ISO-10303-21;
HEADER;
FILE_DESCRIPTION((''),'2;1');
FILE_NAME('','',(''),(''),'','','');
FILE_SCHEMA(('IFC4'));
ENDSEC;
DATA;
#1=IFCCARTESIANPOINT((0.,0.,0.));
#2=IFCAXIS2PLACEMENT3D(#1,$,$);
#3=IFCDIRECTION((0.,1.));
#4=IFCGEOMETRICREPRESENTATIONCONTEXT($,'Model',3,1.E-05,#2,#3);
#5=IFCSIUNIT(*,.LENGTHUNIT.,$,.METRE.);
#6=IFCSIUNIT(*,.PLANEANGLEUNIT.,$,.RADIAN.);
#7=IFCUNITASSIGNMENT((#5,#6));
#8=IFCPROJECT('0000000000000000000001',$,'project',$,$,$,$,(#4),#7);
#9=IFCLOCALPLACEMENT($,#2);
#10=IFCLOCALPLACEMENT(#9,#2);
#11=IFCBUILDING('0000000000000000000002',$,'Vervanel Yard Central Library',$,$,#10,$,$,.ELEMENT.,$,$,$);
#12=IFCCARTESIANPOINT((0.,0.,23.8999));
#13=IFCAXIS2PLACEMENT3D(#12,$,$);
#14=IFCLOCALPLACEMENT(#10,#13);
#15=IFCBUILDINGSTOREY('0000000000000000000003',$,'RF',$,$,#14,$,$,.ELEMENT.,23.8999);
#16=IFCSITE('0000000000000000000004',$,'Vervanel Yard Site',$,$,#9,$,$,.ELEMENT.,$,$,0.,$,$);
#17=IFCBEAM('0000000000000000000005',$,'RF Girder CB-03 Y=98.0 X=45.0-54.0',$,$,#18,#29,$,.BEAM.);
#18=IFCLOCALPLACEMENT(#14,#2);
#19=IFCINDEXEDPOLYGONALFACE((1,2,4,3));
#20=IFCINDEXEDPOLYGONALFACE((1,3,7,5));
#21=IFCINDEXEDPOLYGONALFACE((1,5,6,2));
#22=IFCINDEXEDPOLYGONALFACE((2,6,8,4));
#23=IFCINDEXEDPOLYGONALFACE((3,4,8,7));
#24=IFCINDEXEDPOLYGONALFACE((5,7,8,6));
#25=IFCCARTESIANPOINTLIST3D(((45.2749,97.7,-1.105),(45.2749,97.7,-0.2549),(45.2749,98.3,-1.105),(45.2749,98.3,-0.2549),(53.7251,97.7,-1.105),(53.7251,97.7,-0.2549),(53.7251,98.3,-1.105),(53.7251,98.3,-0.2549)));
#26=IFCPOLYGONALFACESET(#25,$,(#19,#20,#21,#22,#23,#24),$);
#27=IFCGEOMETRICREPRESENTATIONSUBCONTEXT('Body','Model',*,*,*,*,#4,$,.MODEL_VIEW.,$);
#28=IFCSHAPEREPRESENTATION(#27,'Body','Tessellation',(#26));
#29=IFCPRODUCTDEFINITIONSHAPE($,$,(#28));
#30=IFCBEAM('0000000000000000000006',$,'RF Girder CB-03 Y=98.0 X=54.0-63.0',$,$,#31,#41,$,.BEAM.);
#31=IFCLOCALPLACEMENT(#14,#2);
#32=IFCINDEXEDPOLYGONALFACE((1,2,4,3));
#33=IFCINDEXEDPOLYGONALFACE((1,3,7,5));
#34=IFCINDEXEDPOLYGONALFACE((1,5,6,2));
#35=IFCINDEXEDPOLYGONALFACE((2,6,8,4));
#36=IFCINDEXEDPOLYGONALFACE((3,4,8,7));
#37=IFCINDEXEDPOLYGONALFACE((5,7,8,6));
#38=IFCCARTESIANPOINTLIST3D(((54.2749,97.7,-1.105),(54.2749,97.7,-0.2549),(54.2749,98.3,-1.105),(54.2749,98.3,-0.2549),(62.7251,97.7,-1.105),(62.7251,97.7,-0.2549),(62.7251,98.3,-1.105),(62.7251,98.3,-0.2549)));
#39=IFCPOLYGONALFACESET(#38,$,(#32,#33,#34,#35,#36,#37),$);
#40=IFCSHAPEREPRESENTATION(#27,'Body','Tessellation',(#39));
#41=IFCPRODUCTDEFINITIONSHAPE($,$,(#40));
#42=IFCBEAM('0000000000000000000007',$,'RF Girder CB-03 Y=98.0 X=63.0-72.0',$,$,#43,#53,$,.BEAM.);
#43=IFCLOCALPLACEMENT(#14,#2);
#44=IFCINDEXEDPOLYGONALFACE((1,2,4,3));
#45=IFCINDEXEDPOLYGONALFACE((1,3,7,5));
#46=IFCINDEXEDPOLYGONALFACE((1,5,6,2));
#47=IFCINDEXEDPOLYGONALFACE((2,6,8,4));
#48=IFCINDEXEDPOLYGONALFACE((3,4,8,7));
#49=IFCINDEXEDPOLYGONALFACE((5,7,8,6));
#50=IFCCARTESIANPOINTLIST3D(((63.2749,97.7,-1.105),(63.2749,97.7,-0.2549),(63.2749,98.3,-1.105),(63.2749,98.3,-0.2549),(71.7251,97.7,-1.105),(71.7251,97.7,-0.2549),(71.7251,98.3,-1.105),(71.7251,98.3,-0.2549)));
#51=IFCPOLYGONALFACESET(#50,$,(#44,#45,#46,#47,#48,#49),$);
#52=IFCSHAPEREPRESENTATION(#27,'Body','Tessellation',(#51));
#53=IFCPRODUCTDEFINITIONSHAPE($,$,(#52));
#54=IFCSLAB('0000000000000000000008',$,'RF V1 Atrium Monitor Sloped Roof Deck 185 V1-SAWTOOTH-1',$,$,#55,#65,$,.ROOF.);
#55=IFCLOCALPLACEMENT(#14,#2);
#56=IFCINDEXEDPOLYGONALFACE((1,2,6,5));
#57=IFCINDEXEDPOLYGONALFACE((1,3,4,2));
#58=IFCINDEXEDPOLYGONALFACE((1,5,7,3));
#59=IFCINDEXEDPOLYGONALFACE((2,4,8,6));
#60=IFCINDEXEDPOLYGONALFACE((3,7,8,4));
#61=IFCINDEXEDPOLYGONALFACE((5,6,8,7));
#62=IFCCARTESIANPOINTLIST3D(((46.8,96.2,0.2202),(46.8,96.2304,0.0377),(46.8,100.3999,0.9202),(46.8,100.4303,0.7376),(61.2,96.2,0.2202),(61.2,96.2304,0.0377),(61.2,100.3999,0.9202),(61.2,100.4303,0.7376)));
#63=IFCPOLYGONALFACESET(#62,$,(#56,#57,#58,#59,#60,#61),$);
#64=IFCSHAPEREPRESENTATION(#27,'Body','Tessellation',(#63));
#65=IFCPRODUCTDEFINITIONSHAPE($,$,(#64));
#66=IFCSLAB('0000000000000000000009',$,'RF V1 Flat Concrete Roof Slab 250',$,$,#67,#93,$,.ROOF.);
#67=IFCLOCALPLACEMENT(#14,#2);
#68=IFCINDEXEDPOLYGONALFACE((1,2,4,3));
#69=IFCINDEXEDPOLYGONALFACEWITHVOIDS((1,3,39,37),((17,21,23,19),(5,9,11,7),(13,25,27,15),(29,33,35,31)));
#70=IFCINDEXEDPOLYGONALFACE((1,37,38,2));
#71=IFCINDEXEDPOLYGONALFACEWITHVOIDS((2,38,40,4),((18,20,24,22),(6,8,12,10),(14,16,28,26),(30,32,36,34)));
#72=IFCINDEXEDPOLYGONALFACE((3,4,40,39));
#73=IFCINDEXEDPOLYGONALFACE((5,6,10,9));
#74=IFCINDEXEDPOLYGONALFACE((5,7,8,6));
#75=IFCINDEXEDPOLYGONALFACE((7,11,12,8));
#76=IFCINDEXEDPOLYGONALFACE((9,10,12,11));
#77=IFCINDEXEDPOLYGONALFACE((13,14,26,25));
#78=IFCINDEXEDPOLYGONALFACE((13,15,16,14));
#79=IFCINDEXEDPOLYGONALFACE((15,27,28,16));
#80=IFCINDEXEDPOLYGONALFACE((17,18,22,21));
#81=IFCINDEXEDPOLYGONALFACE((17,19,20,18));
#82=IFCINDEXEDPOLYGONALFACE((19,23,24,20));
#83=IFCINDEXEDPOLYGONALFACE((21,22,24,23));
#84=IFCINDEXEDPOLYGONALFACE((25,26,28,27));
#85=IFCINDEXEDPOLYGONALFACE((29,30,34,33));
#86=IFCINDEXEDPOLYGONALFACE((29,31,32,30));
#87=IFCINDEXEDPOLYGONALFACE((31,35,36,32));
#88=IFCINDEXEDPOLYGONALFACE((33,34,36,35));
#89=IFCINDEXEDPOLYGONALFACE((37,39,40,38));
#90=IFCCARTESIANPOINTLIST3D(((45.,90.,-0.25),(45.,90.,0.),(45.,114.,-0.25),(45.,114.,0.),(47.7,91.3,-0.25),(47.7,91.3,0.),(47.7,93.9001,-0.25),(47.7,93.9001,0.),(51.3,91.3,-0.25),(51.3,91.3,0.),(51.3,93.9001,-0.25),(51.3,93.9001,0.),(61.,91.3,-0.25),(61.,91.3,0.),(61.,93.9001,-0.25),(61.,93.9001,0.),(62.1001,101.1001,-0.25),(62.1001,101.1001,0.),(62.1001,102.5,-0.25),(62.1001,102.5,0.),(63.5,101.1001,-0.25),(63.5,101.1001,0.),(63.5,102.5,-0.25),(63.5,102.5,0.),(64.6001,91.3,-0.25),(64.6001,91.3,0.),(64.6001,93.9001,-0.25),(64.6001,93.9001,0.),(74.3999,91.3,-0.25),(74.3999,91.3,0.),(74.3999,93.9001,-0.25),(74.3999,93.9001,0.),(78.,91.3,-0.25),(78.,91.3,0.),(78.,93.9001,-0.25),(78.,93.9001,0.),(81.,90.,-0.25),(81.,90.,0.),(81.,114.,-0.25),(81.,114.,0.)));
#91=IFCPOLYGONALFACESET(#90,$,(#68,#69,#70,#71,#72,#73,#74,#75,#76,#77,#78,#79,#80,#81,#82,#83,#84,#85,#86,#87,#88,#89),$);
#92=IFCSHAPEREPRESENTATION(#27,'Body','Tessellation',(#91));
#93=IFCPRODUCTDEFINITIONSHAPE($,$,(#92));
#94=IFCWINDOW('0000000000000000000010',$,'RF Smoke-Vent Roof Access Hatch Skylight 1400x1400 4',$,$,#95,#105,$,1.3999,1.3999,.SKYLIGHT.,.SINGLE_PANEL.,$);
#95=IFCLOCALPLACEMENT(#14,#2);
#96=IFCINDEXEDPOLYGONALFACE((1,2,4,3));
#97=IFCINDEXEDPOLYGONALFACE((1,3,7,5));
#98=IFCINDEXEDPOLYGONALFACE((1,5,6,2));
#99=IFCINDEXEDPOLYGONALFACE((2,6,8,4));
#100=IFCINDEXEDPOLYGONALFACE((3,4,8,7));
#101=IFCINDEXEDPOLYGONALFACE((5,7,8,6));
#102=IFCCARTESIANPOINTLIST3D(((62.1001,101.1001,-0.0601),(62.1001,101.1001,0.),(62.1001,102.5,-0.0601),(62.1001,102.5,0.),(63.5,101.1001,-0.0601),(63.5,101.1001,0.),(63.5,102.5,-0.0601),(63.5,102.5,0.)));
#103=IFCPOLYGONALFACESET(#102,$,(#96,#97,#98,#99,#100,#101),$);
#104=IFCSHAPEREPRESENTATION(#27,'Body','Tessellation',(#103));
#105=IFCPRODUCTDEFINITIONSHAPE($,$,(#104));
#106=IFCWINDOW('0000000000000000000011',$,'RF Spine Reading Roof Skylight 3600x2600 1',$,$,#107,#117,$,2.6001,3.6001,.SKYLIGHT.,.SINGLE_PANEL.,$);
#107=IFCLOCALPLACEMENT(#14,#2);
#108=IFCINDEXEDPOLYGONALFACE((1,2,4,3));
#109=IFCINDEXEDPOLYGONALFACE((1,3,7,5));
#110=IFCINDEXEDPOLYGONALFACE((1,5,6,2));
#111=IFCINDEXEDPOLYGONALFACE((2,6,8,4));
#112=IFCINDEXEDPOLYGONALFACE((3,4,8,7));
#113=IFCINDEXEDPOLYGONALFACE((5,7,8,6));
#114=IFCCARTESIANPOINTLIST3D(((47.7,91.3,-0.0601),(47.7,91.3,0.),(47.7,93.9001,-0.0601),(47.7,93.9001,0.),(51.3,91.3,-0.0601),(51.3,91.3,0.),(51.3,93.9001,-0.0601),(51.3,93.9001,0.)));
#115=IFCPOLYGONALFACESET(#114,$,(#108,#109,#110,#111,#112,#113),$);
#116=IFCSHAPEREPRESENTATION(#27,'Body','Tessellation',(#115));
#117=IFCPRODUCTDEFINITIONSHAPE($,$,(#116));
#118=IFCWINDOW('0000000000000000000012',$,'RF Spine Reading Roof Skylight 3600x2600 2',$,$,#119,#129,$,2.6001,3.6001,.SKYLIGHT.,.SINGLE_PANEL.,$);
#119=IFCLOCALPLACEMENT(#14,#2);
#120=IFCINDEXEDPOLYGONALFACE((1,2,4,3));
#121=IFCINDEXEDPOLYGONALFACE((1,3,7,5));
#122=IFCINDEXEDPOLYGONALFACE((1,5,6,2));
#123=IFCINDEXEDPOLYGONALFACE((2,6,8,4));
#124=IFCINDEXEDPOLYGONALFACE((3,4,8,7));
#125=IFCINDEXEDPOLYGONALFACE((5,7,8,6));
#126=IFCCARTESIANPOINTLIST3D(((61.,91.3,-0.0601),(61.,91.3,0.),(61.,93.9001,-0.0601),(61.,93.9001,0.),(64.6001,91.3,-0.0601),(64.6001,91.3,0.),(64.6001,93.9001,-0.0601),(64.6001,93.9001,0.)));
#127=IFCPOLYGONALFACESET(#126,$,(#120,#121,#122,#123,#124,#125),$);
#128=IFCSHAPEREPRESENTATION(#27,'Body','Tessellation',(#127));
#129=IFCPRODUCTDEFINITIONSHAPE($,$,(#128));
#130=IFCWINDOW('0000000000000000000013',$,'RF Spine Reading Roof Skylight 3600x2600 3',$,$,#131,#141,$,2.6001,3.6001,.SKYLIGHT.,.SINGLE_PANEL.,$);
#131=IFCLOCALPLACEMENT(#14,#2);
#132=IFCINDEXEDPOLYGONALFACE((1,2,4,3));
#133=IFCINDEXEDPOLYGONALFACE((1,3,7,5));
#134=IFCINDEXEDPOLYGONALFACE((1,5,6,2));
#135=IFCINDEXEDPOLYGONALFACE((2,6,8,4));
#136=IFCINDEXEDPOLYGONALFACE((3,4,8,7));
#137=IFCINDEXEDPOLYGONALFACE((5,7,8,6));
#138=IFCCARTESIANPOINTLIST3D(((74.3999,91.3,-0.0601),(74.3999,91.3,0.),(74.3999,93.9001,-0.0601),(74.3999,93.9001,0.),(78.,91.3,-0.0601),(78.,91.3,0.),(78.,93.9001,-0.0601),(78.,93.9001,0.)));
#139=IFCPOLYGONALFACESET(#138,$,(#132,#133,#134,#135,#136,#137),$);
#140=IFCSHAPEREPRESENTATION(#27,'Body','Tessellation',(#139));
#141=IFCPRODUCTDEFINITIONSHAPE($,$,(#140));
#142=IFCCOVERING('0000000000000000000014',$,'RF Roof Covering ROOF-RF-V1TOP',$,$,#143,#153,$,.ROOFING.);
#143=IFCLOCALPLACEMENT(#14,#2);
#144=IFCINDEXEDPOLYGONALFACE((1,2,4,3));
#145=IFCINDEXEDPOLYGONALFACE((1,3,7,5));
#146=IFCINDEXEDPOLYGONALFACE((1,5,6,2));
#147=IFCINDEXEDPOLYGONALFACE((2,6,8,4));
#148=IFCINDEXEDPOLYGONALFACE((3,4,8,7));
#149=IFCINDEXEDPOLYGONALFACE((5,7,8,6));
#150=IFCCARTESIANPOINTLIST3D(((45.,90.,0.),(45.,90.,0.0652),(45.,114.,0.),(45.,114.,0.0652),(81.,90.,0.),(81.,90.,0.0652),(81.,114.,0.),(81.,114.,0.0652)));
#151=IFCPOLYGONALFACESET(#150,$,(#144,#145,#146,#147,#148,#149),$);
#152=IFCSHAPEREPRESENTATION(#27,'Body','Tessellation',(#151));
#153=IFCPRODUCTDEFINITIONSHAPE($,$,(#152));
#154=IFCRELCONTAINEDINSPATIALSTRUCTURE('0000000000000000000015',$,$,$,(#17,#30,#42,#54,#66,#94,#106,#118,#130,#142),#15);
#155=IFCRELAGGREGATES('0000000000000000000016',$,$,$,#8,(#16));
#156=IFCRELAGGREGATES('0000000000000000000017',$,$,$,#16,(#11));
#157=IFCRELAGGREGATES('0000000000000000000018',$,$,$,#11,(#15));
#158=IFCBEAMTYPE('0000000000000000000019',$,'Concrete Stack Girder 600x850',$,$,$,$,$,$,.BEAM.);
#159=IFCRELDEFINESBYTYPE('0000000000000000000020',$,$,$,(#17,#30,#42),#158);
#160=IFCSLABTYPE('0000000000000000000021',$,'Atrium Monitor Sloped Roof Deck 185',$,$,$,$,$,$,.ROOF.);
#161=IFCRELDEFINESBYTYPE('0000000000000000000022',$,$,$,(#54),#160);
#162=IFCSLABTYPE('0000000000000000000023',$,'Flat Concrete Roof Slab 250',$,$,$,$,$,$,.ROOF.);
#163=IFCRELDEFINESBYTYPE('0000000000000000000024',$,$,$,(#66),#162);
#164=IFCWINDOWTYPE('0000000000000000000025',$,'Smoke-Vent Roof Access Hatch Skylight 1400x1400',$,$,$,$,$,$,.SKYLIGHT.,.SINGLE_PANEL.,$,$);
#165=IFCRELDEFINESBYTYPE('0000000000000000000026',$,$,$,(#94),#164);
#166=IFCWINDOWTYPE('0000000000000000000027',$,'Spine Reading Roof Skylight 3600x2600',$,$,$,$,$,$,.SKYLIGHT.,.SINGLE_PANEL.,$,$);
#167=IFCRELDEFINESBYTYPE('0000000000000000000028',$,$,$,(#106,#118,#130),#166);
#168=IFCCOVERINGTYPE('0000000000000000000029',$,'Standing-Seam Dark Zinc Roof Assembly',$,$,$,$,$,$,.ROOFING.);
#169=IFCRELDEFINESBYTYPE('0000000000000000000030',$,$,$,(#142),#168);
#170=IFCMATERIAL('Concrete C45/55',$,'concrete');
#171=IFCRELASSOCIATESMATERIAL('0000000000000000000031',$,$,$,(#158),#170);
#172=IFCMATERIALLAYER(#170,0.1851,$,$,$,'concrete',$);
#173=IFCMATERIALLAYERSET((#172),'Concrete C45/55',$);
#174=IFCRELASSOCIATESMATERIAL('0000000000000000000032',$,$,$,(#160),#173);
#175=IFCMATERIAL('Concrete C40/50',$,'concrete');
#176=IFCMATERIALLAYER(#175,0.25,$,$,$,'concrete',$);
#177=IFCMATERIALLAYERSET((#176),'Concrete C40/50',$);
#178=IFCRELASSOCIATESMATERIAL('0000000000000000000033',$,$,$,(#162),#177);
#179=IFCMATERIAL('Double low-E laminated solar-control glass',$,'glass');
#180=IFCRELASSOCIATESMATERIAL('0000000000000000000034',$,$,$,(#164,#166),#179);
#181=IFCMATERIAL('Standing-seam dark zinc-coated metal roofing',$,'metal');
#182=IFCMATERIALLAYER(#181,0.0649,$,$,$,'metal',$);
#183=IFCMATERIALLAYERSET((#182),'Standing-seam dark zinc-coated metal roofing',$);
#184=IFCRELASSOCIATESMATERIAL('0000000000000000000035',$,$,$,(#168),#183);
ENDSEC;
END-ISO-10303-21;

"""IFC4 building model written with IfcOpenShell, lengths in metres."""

from ifc_helpers import new_model, si_unit, direction, frame, origin, origin_2d, place, context, subcontext, project, spatial, polyline, rectangle, outline, extrude, material, layer, layer_set, material_profile, profile_set, type_object, element, fill, save


model = new_model("IFC4")

# Units and contexts
model_context = context("Model", 3, precision=1e-05, world=origin(), true_north=direction((0.0, 1.0)))
body_context = subcontext(model_context, "Body", "Model", "MODEL_VIEW")
ifc_project = project(units=[si_unit("LENGTHUNIT", "METRE"), si_unit("PLANEANGLEUNIT", "RADIAN")], contexts=[model_context])

# Site, building, storey
site_placement = place(None, origin())
site = spatial("IfcSite", under=ifc_project, at=site_placement, Name="Vervanel Yard Site", CompositionType="ELEMENT", RefElevation=0.0)
building_placement = place(site_placement, origin())
building = spatial("IfcBuilding", under=site, at=building_placement, Name="Vervanel Yard Central Library", CompositionType="ELEMENT")
storey_placement = place(building_placement, frame((0.0, 0.0, 23.8999)))
storey = spatial("IfcBuildingStorey", under=building, at=storey_placement, Name="RF", CompositionType="ELEMENT", Elevation=23.8999)

# Beams
ifc_material_1 = material(Name="Concrete C45/55", Category="concrete")
ifc_material_2 = material(Name="Concrete C40/50", Category="concrete")
ifc_material_profile_1 = material_profile(ifc_material_1, rectangle(XDim=0.6001, YDim=0.8501, at=origin_2d()), Name="RC 600x850", Category="concrete")
ifc_profile_set_1 = profile_set([ifc_material_profile_1], Name="Concrete C45/55")
beam_type_1 = type_object("IfcBeamType", Name="Concrete Stack Girder 600x850", PredefinedType="BEAM", material=ifc_profile_set_1)
for number, where, z_axis, x_axis, name in (
    (1, (45.2749, 98.0, -0.6799), (1.0, 0.0, 0.0), (0.0, 1.0, 0.0), "RF Girder CB-03 Y=98.0 X=45.0-54.0"),
    (2, (54.2749, 98.0, -0.6799), (1.0, 0.0, 0.0), (0.0, 1.0, 0.0), "RF Girder CB-03 Y=98.0 X=54.0-63.0"),
    (3, (63.2749, 98.0, -0.6799), (1.0, 0.0, 0.0), (0.0, 1.0, 0.0), "RF Girder CB-03 Y=98.0 X=63.0-72.0"),
):
    element("IfcBeam", number, at=place(storey_placement, frame(where, z_axis=z_axis, x_axis=x_axis)), inside=storey, type_object=beam_type_1, Name=name, PredefinedType="BEAM", context=body_context, shape_type="SweptSolid", body=[
        extrude(rectangle(XDim=0.6001, YDim=0.8501, at=origin_2d()), origin(), (0.0, 0.0, 1.0), 8.4502),
    ])

# Slab
ifc_layer_1 = layer(ifc_material_1, 0.1851, Category="concrete")
ifc_layer_set_1 = layer_set([ifc_layer_1], Name="Concrete C45/55")
slab_type_1 = type_object("IfcSlabType", Name="Atrium Monitor Sloped Roof Deck 185", PredefinedType="ROOF", material=ifc_layer_set_1)
slab_1_placement = place(storey_placement, frame((46.8, 96.2, 0.2202), z_axis=(0.0, -0.16439, 0.986395), x_axis=(1.0, 0.0, 0.0)))
element("IfcSlab", 4, at=slab_1_placement, inside=storey, type_object=slab_type_1, Name="RF V1 Atrium Monitor Sloped Roof Deck 185 V1-SAWTOOTH-1", PredefinedType="ROOF", context=body_context, shape_type="SweptSolid", body=[
    extrude(outline(polyline([(0.0, 0.0), (14.3999, 0.0), (14.3999, 4.2579), (0.0, 4.2579), (0.0, 0.0)])), origin(), (0.0, 0.0, -1.0), 0.1851),
])

# Slab, openings, windows
ifc_layer_2 = layer(ifc_material_2, 0.25, Category="concrete")
ifc_layer_set_2 = layer_set([ifc_layer_2], Name="Concrete C40/50")
slab_type_2 = type_object("IfcSlabType", Name="Flat Concrete Roof Slab 250", PredefinedType="ROOF", material=ifc_layer_set_2)
slab_2_placement = place(storey_placement, frame((0.0, 0.0, -0.25)))
slab_2 = element("IfcSlab", 5, at=slab_2_placement, inside=storey, type_object=slab_type_2, Name="RF V1 Flat Concrete Roof Slab 250", PredefinedType="ROOF", context=body_context, shape_type="SweptSolid", body=[
    extrude(outline(polyline([(45.0, 90.0), (81.0, 90.0), (81.0, 114.0), (45.0, 114.0), (45.0, 90.0)])), origin(), (0.0, 0.0, 1.0), 0.25),
])
opening_1_placement = place(slab_2_placement, frame((49.5, 92.6001, 0.0)))
opening_1 = element("IfcOpeningElement", 6, at=opening_1_placement, cuts=slab_2, PredefinedType="OPENING", context=body_context, shape_type="SweptSolid", body=[
    extrude(rectangle(XDim=3.6001, YDim=2.6001, at=origin_2d()), frame((0.0, 0.0, -0.01)), (0.0, 0.0, 1.0), 0.27),
])
opening_2_placement = place(slab_2_placement, frame((62.8, 92.6001, 0.0)))
opening_2 = element("IfcOpeningElement", 7, at=opening_2_placement, cuts=slab_2, PredefinedType="OPENING", context=body_context, shape_type="SweptSolid", body=[
    extrude(rectangle(XDim=3.6001, YDim=2.6001, at=origin_2d()), frame((0.0, 0.0, -0.01)), (0.0, 0.0, 1.0), 0.27),
])
opening_3_placement = place(slab_2_placement, frame((76.2, 92.6001, 0.0)))
opening_3 = element("IfcOpeningElement", 8, at=opening_3_placement, cuts=slab_2, PredefinedType="OPENING", context=body_context, shape_type="SweptSolid", body=[
    extrude(rectangle(XDim=3.6001, YDim=2.6001, at=origin_2d()), frame((0.0, 0.0, -0.01)), (0.0, 0.0, 1.0), 0.27),
])
opening_4_placement = place(slab_2_placement, frame((62.8, 101.8, 0.0)))
opening_4 = element("IfcOpeningElement", 9, at=opening_4_placement, cuts=slab_2, PredefinedType="OPENING", context=body_context, shape_type="SweptSolid", body=[
    extrude(rectangle(XDim=1.3999, YDim=1.3999, at=origin_2d()), frame((0.0, 0.0, -0.01)), (0.0, 0.0, 1.0), 0.27),
])
ifc_material_3 = material(Name="Double low-E laminated solar-control glass", Category="glass")
window_type_1 = type_object("IfcWindowType", Name="Smoke-Vent Roof Access Hatch Skylight 1400x1400", PartitioningType="SINGLE_PANEL", PredefinedType="SKYLIGHT", material=ifc_material_3)
window_1_placement = place(opening_4_placement, frame((0.0, 0.0, 0.1899)))
window_1 = element("IfcWindow", 10, at=window_1_placement, inside=storey, type_object=window_type_1, Name="RF Smoke-Vent Roof Access Hatch Skylight 1400x1400 4", OverallHeight=1.3999, OverallWidth=1.3999, PartitioningType="SINGLE_PANEL", PredefinedType="SKYLIGHT", context=body_context, shape_type="SweptSolid", body=[
    extrude(rectangle(XDim=1.3999, YDim=1.3999, at=origin_2d()), origin(), (0.0, 0.0, 1.0), 0.0601),
])
fill(opening_4, window_1)
window_type_2 = type_object("IfcWindowType", Name="Spine Reading Roof Skylight 3600x2600", PartitioningType="SINGLE_PANEL", PredefinedType="SKYLIGHT", material=ifc_material_3)
window_2_placement = place(opening_1_placement, frame((0.0, 0.0, 0.1899)))
window_2 = element("IfcWindow", 11, at=window_2_placement, inside=storey, type_object=window_type_2, Name="RF Spine Reading Roof Skylight 3600x2600 1", OverallHeight=2.6001, OverallWidth=3.6001, PartitioningType="SINGLE_PANEL", PredefinedType="SKYLIGHT", context=body_context, shape_type="SweptSolid", body=[
    extrude(rectangle(XDim=3.6001, YDim=2.6001, at=origin_2d()), origin(), (0.0, 0.0, 1.0), 0.0601),
])
fill(opening_1, window_2)
window_3_placement = place(opening_2_placement, frame((0.0, 0.0, 0.1899)))
window_3 = element("IfcWindow", 12, at=window_3_placement, inside=storey, type_object=window_type_2, Name="RF Spine Reading Roof Skylight 3600x2600 2", OverallHeight=2.6001, OverallWidth=3.6001, PartitioningType="SINGLE_PANEL", PredefinedType="SKYLIGHT", context=body_context, shape_type="SweptSolid", body=[
    extrude(rectangle(XDim=3.6001, YDim=2.6001, at=origin_2d()), origin(), (0.0, 0.0, 1.0), 0.0601),
])
fill(opening_2, window_3)
window_4_placement = place(opening_3_placement, frame((0.0, 0.0, 0.1899)))
window_4 = element("IfcWindow", 13, at=window_4_placement, inside=storey, type_object=window_type_2, Name="RF Spine Reading Roof Skylight 3600x2600 3", OverallHeight=2.6001, OverallWidth=3.6001, PartitioningType="SINGLE_PANEL", PredefinedType="SKYLIGHT", context=body_context, shape_type="SweptSolid", body=[
    extrude(rectangle(XDim=3.6001, YDim=2.6001, at=origin_2d()), origin(), (0.0, 0.0, 1.0), 0.0601),
])
fill(opening_3, window_4)

# Covering
ifc_material_4 = material(Name="Standing-seam dark zinc-coated metal roofing", Category="metal")
ifc_layer_3 = layer(ifc_material_4, 0.0649, Category="metal")
ifc_layer_set_3 = layer_set([ifc_layer_3], Name="Standing-seam dark zinc-coated metal roofing")
covering_type = type_object("IfcCoveringType", Name="Standing-Seam Dark Zinc Roof Assembly", PredefinedType="ROOFING", material=ifc_layer_set_3)
covering_placement = place(storey_placement, origin())
element("IfcCovering", 14, at=covering_placement, inside=storey, type_object=covering_type, Name="RF Roof Covering ROOF-RF-V1TOP", PredefinedType="ROOFING", context=body_context, shape_type="SweptSolid", body=[
    extrude(outline(polyline([(45.0, 90.0), (81.0, 90.0), (81.0, 114.0), (45.0, 114.0), (45.0, 90.0)])), origin(), (0.0, 0.0, 1.0), 0.0652),
])

save(model, "model.ifc")
